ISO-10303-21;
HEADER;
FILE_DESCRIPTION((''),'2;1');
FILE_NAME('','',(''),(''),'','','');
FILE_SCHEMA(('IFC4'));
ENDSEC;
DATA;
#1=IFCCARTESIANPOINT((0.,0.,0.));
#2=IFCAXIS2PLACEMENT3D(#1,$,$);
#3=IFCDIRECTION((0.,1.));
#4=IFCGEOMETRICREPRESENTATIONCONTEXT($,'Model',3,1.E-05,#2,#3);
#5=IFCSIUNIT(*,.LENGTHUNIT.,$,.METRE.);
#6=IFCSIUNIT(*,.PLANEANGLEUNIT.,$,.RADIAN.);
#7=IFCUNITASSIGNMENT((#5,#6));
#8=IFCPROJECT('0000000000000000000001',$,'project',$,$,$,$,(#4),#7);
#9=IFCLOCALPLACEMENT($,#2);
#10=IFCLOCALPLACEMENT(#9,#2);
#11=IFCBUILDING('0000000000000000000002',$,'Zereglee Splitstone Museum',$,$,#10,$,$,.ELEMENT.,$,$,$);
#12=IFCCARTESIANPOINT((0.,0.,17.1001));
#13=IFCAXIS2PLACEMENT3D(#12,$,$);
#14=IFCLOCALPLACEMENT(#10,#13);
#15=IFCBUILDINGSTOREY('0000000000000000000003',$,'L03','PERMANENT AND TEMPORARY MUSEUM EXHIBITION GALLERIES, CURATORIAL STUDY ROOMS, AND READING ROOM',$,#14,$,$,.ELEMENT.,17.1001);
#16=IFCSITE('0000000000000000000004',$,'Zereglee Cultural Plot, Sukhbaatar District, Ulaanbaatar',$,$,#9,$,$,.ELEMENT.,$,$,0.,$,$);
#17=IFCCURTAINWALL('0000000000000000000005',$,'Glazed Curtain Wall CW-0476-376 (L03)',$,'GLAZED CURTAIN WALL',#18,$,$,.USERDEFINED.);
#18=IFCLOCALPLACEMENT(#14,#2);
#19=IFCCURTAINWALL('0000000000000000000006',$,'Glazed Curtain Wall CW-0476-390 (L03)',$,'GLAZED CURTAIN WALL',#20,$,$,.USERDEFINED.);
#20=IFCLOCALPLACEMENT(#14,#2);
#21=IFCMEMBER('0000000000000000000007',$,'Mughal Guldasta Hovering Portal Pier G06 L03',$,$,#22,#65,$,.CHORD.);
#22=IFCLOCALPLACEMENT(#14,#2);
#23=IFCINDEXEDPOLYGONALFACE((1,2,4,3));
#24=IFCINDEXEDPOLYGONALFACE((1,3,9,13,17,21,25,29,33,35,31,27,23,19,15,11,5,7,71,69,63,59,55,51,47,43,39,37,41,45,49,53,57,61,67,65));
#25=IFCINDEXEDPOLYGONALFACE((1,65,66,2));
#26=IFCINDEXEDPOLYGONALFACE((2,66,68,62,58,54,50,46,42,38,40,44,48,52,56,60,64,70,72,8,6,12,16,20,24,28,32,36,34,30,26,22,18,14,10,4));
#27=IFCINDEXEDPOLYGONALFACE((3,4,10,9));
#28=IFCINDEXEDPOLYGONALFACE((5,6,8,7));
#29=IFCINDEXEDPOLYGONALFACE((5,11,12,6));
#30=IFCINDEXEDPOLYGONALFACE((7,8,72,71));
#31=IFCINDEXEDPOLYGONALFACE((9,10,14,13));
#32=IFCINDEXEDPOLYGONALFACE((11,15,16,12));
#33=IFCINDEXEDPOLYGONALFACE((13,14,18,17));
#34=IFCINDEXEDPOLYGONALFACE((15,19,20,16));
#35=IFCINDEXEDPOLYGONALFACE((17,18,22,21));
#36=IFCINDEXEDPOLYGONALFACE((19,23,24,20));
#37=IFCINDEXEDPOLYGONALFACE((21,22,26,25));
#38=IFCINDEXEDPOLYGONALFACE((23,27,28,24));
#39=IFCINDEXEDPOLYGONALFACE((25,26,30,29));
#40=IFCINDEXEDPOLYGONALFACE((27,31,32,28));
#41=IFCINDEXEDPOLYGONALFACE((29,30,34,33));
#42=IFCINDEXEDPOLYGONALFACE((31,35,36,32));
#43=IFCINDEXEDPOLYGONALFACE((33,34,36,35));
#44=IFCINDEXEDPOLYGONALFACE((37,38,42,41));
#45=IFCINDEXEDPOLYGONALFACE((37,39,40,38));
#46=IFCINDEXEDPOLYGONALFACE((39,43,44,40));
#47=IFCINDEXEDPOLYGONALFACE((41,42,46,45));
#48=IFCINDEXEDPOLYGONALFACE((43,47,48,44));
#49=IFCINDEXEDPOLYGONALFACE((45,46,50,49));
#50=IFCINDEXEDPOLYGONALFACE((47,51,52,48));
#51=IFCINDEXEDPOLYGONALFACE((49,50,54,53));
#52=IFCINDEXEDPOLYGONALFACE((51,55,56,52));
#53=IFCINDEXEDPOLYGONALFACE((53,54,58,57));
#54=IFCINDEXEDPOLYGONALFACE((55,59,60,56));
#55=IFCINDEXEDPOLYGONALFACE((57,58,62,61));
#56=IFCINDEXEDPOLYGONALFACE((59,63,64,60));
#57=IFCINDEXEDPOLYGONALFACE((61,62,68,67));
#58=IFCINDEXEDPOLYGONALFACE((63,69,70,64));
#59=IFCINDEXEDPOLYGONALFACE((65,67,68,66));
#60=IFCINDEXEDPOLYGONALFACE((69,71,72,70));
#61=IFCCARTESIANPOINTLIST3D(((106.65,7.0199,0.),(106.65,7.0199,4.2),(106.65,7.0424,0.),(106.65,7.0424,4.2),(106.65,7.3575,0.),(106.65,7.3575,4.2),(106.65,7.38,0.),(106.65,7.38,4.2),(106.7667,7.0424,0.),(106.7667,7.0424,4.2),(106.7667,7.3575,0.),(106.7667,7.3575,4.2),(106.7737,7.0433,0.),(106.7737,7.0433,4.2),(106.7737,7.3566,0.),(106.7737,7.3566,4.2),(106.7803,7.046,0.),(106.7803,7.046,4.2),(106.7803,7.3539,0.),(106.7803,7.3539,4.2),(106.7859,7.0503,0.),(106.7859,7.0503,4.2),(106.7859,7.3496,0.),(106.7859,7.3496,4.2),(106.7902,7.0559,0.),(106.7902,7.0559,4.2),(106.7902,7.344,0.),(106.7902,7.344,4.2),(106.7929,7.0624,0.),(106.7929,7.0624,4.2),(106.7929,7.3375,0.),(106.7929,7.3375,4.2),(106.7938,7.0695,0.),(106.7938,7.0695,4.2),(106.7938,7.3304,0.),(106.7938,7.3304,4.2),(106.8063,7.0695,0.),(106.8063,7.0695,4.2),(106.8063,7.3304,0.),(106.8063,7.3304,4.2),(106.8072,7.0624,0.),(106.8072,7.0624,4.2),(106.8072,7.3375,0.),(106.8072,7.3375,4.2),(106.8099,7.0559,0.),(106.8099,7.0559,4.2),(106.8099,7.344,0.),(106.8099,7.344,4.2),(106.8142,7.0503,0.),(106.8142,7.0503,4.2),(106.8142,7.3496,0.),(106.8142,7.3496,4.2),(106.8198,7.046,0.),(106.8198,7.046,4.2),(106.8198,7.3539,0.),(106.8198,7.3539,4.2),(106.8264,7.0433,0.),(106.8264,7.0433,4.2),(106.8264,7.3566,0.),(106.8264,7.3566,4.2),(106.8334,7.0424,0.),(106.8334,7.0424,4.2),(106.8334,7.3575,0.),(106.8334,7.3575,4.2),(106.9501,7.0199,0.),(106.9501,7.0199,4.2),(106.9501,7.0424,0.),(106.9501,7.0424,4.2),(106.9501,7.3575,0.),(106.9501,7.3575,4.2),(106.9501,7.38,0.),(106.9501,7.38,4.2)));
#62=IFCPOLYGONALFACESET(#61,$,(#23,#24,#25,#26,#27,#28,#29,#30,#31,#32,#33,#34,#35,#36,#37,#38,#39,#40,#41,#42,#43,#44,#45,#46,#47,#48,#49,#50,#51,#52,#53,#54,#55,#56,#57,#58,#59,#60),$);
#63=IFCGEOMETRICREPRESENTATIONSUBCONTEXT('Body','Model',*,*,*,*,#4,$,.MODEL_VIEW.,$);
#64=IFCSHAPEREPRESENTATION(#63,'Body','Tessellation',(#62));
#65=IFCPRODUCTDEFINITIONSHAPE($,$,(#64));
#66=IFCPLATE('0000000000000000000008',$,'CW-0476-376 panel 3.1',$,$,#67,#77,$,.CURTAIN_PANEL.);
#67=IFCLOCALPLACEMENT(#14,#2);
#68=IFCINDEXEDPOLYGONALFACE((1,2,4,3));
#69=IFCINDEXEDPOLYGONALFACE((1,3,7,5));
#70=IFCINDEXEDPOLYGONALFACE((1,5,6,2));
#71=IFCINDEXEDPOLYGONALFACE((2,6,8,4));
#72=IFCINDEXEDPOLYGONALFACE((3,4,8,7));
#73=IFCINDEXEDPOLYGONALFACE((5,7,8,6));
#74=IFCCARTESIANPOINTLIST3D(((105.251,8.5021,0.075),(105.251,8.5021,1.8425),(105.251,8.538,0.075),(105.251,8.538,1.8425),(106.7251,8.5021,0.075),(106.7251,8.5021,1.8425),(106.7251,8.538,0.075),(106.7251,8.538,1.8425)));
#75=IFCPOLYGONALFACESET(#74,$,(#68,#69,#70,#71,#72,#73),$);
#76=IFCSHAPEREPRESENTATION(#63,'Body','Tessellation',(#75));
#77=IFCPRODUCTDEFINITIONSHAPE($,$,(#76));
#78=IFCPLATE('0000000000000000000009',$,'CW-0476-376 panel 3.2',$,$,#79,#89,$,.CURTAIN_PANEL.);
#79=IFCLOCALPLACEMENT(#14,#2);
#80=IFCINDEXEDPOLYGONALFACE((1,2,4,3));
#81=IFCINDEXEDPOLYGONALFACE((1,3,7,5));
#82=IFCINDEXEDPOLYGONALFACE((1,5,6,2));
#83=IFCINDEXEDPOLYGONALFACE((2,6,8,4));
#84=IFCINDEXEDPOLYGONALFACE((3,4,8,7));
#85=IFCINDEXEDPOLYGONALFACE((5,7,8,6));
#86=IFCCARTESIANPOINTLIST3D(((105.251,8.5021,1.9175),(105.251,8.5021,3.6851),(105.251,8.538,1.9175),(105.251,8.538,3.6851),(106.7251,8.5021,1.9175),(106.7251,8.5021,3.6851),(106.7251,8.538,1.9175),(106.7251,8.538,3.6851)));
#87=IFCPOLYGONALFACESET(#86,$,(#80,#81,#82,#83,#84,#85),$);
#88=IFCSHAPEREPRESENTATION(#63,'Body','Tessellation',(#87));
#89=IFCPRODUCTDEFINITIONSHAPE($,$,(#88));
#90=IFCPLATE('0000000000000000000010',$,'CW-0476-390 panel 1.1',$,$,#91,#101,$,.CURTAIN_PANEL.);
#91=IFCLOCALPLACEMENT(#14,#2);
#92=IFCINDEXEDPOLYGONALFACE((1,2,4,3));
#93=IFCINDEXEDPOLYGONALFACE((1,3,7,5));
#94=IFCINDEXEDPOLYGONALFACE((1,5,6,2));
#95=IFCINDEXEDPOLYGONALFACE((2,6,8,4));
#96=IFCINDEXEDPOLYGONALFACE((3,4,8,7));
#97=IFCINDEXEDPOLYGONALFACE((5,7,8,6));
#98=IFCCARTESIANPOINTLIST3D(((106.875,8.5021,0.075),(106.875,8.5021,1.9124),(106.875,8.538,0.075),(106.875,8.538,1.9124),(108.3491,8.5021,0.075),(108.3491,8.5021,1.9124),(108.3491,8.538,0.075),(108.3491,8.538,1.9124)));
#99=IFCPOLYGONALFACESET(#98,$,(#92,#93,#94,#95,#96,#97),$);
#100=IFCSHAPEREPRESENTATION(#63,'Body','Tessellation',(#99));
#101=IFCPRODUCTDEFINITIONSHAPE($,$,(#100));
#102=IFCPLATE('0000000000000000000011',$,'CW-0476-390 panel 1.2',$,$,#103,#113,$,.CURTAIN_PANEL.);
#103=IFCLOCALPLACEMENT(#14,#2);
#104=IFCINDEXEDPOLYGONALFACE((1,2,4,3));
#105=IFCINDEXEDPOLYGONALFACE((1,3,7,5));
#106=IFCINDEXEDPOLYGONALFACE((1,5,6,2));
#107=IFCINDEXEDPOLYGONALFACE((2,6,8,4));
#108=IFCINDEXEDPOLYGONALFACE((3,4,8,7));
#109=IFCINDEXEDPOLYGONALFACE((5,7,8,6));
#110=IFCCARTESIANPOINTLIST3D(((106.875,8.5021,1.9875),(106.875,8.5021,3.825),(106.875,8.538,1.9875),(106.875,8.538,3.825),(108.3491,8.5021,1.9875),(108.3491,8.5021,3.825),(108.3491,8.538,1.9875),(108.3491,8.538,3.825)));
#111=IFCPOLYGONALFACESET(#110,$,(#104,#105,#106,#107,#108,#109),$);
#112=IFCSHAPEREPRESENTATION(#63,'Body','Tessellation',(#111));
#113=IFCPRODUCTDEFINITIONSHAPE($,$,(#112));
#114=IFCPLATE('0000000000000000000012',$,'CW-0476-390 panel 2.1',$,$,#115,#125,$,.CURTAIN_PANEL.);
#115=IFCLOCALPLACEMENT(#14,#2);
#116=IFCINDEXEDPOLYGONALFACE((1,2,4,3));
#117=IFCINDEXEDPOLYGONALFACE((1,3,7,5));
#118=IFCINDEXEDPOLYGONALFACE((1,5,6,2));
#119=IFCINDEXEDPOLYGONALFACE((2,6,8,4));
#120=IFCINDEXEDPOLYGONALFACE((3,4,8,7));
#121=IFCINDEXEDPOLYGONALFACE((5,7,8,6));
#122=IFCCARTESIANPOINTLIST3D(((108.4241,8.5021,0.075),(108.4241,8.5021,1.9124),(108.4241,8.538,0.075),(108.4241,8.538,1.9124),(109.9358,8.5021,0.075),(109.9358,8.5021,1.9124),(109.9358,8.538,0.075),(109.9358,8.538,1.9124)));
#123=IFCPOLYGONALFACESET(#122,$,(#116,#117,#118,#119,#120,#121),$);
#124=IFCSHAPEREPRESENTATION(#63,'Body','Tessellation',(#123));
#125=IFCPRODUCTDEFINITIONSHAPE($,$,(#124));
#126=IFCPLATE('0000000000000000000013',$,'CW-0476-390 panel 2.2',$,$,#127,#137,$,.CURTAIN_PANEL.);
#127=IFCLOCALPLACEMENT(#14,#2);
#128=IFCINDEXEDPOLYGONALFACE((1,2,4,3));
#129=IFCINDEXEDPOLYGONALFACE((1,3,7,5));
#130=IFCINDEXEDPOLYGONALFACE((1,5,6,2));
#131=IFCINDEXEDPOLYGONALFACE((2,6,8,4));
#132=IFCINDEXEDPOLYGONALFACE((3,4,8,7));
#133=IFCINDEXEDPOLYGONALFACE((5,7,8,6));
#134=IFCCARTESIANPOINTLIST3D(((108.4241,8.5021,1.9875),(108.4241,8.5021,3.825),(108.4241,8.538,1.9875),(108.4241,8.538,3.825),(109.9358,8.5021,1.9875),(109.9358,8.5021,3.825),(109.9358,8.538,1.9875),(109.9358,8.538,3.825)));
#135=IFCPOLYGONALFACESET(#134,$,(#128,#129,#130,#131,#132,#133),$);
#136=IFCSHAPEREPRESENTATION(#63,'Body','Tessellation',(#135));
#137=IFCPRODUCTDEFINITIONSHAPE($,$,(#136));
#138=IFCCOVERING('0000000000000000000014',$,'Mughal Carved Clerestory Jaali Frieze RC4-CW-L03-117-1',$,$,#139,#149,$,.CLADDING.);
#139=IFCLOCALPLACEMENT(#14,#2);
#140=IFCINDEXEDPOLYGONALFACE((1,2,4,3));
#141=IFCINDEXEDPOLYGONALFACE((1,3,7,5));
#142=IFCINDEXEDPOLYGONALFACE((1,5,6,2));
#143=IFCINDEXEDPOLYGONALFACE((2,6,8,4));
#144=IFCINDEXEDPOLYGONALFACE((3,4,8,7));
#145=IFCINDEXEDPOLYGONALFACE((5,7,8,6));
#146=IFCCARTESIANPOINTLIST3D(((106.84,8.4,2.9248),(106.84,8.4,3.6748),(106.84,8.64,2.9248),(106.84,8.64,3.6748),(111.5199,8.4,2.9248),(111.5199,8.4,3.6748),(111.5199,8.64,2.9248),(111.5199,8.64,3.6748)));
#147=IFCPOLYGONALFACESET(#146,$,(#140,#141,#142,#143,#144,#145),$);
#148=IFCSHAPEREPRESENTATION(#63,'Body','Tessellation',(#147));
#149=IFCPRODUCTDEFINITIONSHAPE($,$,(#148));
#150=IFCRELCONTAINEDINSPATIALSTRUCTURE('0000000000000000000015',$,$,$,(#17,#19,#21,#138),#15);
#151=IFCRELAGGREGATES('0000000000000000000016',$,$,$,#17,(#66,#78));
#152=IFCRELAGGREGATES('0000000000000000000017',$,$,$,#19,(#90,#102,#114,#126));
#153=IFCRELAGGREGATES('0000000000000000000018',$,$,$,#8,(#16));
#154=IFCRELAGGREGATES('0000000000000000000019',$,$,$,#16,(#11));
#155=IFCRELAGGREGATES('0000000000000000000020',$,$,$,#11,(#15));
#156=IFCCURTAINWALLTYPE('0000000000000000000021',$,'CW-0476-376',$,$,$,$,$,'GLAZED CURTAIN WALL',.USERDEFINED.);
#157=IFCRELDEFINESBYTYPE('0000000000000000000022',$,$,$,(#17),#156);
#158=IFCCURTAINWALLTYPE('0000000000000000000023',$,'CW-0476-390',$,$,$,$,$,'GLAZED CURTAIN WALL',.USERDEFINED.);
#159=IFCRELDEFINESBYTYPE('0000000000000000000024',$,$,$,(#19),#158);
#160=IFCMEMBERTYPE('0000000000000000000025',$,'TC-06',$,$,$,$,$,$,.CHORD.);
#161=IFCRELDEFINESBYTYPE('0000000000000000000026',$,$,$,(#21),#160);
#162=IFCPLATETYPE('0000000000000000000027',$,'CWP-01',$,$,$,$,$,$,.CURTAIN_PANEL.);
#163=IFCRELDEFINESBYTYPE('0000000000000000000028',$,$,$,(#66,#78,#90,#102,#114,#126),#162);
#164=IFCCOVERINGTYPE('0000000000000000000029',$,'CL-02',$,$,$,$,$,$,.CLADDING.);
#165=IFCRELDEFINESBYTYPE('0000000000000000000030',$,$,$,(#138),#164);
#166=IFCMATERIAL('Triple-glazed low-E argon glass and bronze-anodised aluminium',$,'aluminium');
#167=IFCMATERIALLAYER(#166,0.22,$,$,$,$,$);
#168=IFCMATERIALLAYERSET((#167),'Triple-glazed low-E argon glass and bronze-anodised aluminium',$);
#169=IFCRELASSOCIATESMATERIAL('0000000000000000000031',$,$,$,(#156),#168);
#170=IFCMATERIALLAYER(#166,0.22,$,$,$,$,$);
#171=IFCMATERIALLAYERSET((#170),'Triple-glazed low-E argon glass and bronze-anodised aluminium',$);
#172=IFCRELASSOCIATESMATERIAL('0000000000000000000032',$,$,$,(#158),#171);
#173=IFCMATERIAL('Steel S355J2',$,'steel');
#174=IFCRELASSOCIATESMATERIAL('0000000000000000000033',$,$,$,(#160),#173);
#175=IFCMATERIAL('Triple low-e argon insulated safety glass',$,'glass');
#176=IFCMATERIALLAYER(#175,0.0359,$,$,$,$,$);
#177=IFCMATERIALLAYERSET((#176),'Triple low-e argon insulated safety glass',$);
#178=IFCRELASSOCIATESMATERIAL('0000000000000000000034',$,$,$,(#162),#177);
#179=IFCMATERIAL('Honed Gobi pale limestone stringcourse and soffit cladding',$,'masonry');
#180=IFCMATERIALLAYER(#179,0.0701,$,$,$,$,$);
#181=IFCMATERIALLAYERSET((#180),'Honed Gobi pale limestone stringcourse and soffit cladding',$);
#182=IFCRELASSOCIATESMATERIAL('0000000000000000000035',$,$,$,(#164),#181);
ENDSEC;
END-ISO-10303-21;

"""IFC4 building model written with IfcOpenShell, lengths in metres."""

from ifc_helpers import new_model, si_unit, direction, frame, origin, origin_2d, place, context, subcontext, project, spatial, rectangle, i_section, extrude, material, layer, layer_set, material_profile, profile_set, type_object, element, aggregate, save


model = new_model("IFC4")

# Units and contexts
model_context = context("Model", 3, precision=1e-05, world=origin(), true_north=direction((0.0, 1.0)))
body_context = subcontext(model_context, "Body", "Model", "MODEL_VIEW")
ifc_project = project(units=[si_unit("LENGTHUNIT", "METRE"), si_unit("PLANEANGLEUNIT", "RADIAN")], contexts=[model_context])

# Site, building, storey
site_placement = place(None, origin())
site = spatial("IfcSite", under=ifc_project, at=site_placement, Name="Zereglee Cultural Plot, Sukhbaatar District, Ulaanbaatar", CompositionType="ELEMENT", RefElevation=0.0)
building_placement = place(site_placement, origin())
building = spatial("IfcBuilding", under=site, at=building_placement, Name="Zereglee Splitstone Museum", CompositionType="ELEMENT")
storey_placement = place(building_placement, frame((0.0, 0.0, 17.1001)))
storey = spatial("IfcBuildingStorey", under=building, at=storey_placement, Name="L03", Description="PERMANENT AND TEMPORARY MUSEUM EXHIBITION GALLERIES, CURATORIAL STUDY ROOMS, AND READING ROOM", CompositionType="ELEMENT", Elevation=17.1001)

# Curtain wall
ifc_material_1 = material(Name="Triple-glazed low-E argon glass and bronze-anodised aluminium", Category="aluminium")
ifc_layer_1 = layer(ifc_material_1, 0.22)
ifc_layer_set_1 = layer_set([ifc_layer_1], Name="Triple-glazed low-E argon glass and bronze-anodised aluminium")
curtain_wall_type_1 = type_object("IfcCurtainWallType", Name="CW-0476-376", ElementType="GLAZED CURTAIN WALL", PredefinedType="USERDEFINED", material=ifc_layer_set_1)
curtain_wall_1_placement = place(storey_placement, origin())
curtain_wall_1 = element("IfcCurtainWall", 1, at=curtain_wall_1_placement, inside=storey, type_object=curtain_wall_type_1, Name="Glazed Curtain Wall CW-0476-376 (L03)", ObjectType="GLAZED CURTAIN WALL", PredefinedType="USERDEFINED")

# Curtain wall
ifc_layer_2 = layer(ifc_material_1, 0.22)
ifc_layer_set_2 = layer_set([ifc_layer_2], Name="Triple-glazed low-E argon glass and bronze-anodised aluminium")
curtain_wall_type_2 = type_object("IfcCurtainWallType", Name="CW-0476-390", ElementType="GLAZED CURTAIN WALL", PredefinedType="USERDEFINED", material=ifc_layer_set_2)
curtain_wall_2_placement = place(storey_placement, origin())
curtain_wall_2 = element("IfcCurtainWall", 2, at=curtain_wall_2_placement, inside=storey, type_object=curtain_wall_type_2, Name="Glazed Curtain Wall CW-0476-390 (L03)", ObjectType="GLAZED CURTAIN WALL", PredefinedType="USERDEFINED")

# Member
ifc_material_2 = material(Name="Steel S355J2", Category="steel")
ifc_material_profile_1 = material_profile(ifc_material_2, i_section(OverallWidth=0.3, OverallDepth=0.3601, WebThickness=0.0125, FlangeThickness=0.0225, FilletRadius=0.0271, at=origin_2d()), Name="HE 360 B")
ifc_profile_set_1 = profile_set([ifc_material_profile_1], Name="Steel S355J2")
member_type_1 = type_object("IfcMemberType", Name="TC-06", PredefinedType="CHORD", material=ifc_profile_set_1)
member_1_placement = place(storey_placement, frame((106.8, 7.2, 0.0), z_axis=(0.0, 0.0, 1.0), x_axis=(1.0, 0.0, 0.0)))
element("IfcMember", 3, at=member_1_placement, inside=storey, type_object=member_type_1, Name="Mughal Guldasta Hovering Portal Pier G06 L03", PredefinedType="CHORD", context=body_context, shape_type="SweptSolid", body=[
    extrude(i_section(OverallWidth=0.3, OverallDepth=0.3601, WebThickness=0.0125, FlangeThickness=0.0225, FilletRadius=0.0271, at=origin_2d()), origin(), (0.0, 0.0, 1.0), 4.2),
])

# Plates
ifc_material_3 = material(Name="Triple low-e argon insulated safety glass", Category="glass")
ifc_layer_3 = layer(ifc_material_3, 0.0359)
ifc_layer_set_3 = layer_set([ifc_layer_3], Name="Triple low-e argon insulated safety glass")
plate_type = type_object("IfcPlateType", Name="CWP-01", PredefinedType="CURTAIN_PANEL", material=ifc_layer_set_3)
plate_1_placement = place(storey_placement, frame((105.988, 8.52, 0.075), z_axis=(0.0, 0.0, 1.0), x_axis=(1.0, 0.0, 0.0)))
plate_1 = element("IfcPlate", 4, at=plate_1_placement, type_object=plate_type, Name="CW-0476-376 panel 3.1", PredefinedType="CURTAIN_PANEL", context=body_context, shape_type="SweptSolid", body=[
    extrude(rectangle(XDim=1.4741, YDim=0.0359, at=origin_2d()), origin(), (0.0, 0.0, 1.0), 1.7676),
])
plate_2_placement = place(storey_placement, frame((105.988, 8.52, 1.9175), z_axis=(0.0, 0.0, 1.0), x_axis=(1.0, 0.0, 0.0)))
plate_2 = element("IfcPlate", 5, at=plate_2_placement, type_object=plate_type, Name="CW-0476-376 panel 3.2", PredefinedType="CURTAIN_PANEL", context=body_context, shape_type="SweptSolid", body=[
    extrude(rectangle(XDim=1.4741, YDim=0.0359, at=origin_2d()), origin(), (0.0, 0.0, 1.0), 1.7676),
])
aggregate(curtain_wall_1, [plate_1, plate_2])
plate_3_placement = place(storey_placement, frame((107.6121, 8.52, 0.075), z_axis=(0.0, 0.0, 1.0), x_axis=(1.0, 0.0, 0.0)))
plate_3 = element("IfcPlate", 6, at=plate_3_placement, type_object=plate_type, Name="CW-0476-390 panel 1.1", PredefinedType="CURTAIN_PANEL", context=body_context, shape_type="SweptSolid", body=[
    extrude(rectangle(XDim=1.4741, YDim=0.0359, at=origin_2d()), origin(), (0.0, 0.0, 1.0), 1.8374),
])
plate_4_placement = place(storey_placement, frame((107.6121, 8.52, 1.9875), z_axis=(0.0, 0.0, 1.0), x_axis=(1.0, 0.0, 0.0)))
plate_4 = element("IfcPlate", 7, at=plate_4_placement, type_object=plate_type, Name="CW-0476-390 panel 1.2", PredefinedType="CURTAIN_PANEL", context=body_context, shape_type="SweptSolid", body=[
    extrude(rectangle(XDim=1.4741, YDim=0.0359, at=origin_2d()), origin(), (0.0, 0.0, 1.0), 1.8374),
])
plate_5_placement = place(storey_placement, frame((109.1799, 8.52, 0.075), z_axis=(0.0, 0.0, 1.0), x_axis=(1.0, 0.0, 0.0)))
plate_5 = element("IfcPlate", 8, at=plate_5_placement, type_object=plate_type, Name="CW-0476-390 panel 2.1", PredefinedType="CURTAIN_PANEL", context=body_context, shape_type="SweptSolid", body=[
    extrude(rectangle(XDim=1.5117, YDim=0.0359, at=origin_2d()), origin(), (0.0, 0.0, 1.0), 1.8374),
])
plate_6_placement = place(storey_placement, frame((109.1799, 8.52, 1.9875), z_axis=(0.0, 0.0, 1.0), x_axis=(1.0, 0.0, 0.0)))
plate_6 = element("IfcPlate", 9, at=plate_6_placement, type_object=plate_type, Name="CW-0476-390 panel 2.2", PredefinedType="CURTAIN_PANEL", context=body_context, shape_type="SweptSolid", body=[
    extrude(rectangle(XDim=1.5117, YDim=0.0359, at=origin_2d()), origin(), (0.0, 0.0, 1.0), 1.8374),
])
aggregate(curtain_wall_2, [plate_3, plate_4, plate_5, plate_6])

# Covering
ifc_material_4 = material(Name="Honed Gobi pale limestone stringcourse and soffit cladding", Category="masonry")
ifc_layer_4 = layer(ifc_material_4, 0.0701)
ifc_layer_set_4 = layer_set([ifc_layer_4], Name="Honed Gobi pale limestone stringcourse and soffit cladding")
covering_type = type_object("IfcCoveringType", Name="CL-02", PredefinedType="CLADDING", material=ifc_layer_set_4)
covering_placement = place(storey_placement, frame((109.1799, 8.52, 2.9248), z_axis=(0.0, 0.0, 1.0), x_axis=(1.0, 0.0, 0.0)))
element("IfcCovering", 10, at=covering_placement, inside=storey, type_object=covering_type, Name="Mughal Carved Clerestory Jaali Frieze RC4-CW-L03-117-1", PredefinedType="CLADDING", context=body_context, shape_type="SweptSolid", body=[
    extrude(rectangle(XDim=4.6799, YDim=0.24, at=origin_2d()), origin(), (0.0, 0.0, 1.0), 0.75),
])

save(model, "model.ifc")
